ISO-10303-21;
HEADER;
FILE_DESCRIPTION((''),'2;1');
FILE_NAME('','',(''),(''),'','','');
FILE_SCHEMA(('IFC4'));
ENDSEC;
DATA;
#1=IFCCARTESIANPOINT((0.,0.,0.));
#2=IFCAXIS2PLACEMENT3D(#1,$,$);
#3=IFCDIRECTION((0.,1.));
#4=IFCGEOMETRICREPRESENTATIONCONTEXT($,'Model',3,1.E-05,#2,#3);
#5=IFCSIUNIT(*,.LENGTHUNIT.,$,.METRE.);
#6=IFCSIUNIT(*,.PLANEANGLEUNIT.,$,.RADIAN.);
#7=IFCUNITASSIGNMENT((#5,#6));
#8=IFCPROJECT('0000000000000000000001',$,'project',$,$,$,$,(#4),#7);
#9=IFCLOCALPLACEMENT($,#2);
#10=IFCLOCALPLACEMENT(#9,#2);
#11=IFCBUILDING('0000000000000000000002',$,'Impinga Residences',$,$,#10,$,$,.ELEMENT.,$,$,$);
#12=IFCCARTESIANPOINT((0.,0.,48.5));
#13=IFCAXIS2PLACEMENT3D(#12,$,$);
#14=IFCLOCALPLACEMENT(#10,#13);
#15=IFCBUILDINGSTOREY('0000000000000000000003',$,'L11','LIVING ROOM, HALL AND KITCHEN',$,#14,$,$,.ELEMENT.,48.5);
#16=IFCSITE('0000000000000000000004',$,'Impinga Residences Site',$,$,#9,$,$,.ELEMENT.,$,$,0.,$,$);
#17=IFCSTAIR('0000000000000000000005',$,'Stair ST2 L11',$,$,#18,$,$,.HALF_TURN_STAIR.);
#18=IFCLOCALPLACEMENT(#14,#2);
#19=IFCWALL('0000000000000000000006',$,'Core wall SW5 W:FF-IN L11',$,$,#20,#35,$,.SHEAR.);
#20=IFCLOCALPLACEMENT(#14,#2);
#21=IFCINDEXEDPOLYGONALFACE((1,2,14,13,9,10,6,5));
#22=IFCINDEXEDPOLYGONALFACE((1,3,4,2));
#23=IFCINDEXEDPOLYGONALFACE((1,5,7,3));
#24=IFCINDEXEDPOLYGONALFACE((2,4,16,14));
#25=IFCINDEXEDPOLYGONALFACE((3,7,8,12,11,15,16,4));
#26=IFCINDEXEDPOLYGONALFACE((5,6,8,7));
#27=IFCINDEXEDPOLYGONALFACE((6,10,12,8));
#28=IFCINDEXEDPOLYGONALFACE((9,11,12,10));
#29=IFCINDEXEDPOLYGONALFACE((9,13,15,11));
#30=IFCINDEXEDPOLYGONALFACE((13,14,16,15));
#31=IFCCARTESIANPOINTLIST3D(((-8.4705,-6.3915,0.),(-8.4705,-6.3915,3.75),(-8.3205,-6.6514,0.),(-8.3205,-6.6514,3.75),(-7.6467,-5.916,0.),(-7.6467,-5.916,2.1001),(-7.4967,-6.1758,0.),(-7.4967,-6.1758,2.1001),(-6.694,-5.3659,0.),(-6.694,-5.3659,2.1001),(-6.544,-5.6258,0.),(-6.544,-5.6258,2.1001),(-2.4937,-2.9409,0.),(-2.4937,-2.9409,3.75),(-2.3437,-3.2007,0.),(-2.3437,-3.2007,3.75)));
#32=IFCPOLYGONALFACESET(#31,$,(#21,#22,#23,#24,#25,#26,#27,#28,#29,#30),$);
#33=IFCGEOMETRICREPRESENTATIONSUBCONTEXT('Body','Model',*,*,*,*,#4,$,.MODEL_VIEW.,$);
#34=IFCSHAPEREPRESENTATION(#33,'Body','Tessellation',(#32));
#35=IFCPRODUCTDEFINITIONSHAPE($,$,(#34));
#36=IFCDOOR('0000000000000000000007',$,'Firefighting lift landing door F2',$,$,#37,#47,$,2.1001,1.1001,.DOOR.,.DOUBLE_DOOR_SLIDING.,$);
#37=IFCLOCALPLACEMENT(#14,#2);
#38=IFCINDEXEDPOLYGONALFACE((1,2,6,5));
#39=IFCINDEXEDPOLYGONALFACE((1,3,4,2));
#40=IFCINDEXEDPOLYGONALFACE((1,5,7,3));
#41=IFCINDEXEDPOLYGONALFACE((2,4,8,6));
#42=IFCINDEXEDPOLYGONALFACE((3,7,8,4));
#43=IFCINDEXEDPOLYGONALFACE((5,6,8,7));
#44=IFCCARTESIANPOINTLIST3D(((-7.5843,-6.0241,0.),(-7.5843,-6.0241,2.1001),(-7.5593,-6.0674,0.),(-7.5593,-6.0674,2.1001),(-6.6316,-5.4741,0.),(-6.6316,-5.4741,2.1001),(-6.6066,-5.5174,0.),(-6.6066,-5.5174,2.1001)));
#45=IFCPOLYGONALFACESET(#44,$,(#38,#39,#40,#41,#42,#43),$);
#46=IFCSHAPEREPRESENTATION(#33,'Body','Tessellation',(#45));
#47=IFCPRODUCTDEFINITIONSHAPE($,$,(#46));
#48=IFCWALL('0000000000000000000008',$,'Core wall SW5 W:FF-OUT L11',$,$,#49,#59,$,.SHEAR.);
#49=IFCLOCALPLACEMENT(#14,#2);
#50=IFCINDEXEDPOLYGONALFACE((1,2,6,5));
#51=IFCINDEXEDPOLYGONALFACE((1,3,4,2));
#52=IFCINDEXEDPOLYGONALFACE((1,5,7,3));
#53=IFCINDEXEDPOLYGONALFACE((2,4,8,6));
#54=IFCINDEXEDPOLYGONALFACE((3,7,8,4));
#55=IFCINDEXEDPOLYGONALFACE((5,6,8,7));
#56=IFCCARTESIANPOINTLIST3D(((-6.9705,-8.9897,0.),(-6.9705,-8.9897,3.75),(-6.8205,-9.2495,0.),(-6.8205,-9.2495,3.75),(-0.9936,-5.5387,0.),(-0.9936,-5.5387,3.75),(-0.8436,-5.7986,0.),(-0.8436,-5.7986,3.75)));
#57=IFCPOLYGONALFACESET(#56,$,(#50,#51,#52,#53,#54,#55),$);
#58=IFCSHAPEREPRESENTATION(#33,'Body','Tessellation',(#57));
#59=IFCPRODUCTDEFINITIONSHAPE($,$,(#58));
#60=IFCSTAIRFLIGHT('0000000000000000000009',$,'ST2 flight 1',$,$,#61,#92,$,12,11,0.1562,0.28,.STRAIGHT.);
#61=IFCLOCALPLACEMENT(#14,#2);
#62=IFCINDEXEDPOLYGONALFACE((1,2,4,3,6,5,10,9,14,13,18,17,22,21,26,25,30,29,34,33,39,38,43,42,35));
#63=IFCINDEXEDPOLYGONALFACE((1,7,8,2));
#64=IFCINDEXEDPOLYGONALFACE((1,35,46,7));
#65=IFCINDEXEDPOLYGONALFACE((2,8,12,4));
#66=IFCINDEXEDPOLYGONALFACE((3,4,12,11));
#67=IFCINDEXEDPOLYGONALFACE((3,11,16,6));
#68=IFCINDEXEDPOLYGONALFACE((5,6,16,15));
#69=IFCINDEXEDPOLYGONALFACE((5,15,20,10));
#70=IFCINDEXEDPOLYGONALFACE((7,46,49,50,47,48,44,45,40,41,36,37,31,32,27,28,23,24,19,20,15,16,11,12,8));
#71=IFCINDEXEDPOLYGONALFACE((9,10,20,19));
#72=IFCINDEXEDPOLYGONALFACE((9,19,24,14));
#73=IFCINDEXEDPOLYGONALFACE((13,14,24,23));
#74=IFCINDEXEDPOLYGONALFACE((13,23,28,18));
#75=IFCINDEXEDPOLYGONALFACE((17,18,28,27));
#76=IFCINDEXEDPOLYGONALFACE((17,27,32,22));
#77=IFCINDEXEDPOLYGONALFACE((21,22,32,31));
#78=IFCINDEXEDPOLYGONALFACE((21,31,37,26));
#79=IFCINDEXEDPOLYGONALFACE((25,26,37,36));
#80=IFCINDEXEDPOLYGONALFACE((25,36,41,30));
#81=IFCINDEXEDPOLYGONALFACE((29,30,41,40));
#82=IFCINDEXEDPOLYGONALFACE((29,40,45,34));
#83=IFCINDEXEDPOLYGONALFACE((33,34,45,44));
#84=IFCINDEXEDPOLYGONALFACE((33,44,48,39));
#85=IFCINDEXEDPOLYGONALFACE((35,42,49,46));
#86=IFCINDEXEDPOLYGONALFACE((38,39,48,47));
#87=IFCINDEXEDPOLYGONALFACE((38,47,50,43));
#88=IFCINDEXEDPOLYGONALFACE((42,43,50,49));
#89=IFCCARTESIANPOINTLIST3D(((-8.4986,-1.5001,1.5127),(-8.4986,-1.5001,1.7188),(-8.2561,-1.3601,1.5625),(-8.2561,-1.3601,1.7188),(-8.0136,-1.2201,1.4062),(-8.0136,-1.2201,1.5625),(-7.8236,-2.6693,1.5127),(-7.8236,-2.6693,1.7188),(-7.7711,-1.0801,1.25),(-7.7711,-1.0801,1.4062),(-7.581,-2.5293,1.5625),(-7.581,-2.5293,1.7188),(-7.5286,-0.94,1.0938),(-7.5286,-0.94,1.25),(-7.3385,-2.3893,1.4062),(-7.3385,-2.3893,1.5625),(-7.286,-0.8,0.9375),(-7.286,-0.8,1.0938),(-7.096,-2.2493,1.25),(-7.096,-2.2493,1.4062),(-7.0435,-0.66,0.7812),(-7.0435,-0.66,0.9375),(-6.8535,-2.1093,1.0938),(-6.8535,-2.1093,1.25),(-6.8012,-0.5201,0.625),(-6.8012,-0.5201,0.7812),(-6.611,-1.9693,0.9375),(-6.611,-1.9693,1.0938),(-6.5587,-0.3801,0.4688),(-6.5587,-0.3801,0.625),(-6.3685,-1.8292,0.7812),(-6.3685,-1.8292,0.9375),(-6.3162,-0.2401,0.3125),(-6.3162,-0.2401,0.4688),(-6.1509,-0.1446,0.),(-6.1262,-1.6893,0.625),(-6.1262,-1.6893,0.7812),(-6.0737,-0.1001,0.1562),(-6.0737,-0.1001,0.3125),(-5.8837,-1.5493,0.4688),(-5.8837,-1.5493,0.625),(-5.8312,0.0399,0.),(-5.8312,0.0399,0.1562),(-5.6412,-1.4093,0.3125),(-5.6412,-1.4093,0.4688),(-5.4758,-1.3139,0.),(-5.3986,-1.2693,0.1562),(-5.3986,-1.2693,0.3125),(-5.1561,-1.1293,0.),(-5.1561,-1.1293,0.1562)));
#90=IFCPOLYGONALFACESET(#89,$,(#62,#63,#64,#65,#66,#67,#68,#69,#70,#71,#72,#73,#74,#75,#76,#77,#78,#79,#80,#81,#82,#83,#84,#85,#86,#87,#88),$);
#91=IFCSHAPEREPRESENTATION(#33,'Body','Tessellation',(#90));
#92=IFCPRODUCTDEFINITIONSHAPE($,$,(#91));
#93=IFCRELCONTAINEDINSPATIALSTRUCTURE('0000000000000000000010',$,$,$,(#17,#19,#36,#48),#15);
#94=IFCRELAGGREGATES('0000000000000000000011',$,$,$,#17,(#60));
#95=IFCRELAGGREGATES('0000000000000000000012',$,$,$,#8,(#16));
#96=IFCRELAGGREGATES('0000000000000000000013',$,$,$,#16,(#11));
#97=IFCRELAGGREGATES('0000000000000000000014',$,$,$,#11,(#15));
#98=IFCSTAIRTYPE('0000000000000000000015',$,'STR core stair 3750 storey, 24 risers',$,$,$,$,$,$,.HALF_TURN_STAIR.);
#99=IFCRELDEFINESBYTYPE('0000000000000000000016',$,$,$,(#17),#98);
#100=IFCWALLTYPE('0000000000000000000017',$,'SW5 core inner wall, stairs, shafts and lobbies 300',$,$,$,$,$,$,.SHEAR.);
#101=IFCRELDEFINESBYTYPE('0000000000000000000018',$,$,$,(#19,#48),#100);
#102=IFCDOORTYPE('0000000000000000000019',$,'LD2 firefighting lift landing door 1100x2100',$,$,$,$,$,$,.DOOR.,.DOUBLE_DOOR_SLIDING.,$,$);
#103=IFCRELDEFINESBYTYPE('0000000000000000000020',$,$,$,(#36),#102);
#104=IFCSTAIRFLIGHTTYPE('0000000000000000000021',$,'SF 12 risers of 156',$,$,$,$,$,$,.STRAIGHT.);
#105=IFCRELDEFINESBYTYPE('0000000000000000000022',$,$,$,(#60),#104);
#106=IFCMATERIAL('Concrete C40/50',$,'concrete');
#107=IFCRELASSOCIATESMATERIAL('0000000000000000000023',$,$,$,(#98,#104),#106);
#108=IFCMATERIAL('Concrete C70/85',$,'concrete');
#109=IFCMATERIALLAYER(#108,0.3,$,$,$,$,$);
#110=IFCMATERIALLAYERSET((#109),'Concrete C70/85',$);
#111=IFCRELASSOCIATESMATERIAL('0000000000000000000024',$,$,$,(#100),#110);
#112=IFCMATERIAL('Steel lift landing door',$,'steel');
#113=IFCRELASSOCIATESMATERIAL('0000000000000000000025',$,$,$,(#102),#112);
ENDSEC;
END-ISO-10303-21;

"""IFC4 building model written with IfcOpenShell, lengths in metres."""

from ifc_helpers import new_model, si_unit, direction, frame, frame_2d, origin, place, context, subcontext, project, spatial, polyline, rectangle, outline, extrude, material, layer, layer_set, type_object, element, fill, aggregate, save


model = new_model("IFC4")

# Units and contexts
model_context = context("Model", 3, precision=1e-05, world=origin(), true_north=direction((0.0, 1.0)))
body_context = subcontext(model_context, "Body", "Model", "MODEL_VIEW")
ifc_project = project(units=[si_unit("LENGTHUNIT", "METRE"), si_unit("PLANEANGLEUNIT", "RADIAN")], contexts=[model_context])

# Site, building, storey
site_placement = place(None, origin())
site = spatial("IfcSite", under=ifc_project, at=site_placement, Name="Impinga Residences Site", CompositionType="ELEMENT", RefElevation=0.0)
building_placement = place(site_placement, origin())
building = spatial("IfcBuilding", under=site, at=building_placement, Name="Impinga Residences", CompositionType="ELEMENT")
storey_placement = place(building_placement, frame((0.0, 0.0, 48.5)))
storey = spatial("IfcBuildingStorey", under=building, at=storey_placement, Name="L11", Description="LIVING ROOM, HALL AND KITCHEN", CompositionType="ELEMENT", Elevation=48.5)

# Stair
ifc_material_1 = material(Name="Concrete C40/50", Category="concrete")
stair_type = type_object("IfcStairType", Name="STR core stair 3750 storey, 24 risers", PredefinedType="HALF_TURN_STAIR", material=ifc_material_1)
stair_1_placement = place(storey_placement, origin())
stair_1 = element("IfcStair", 1, at=stair_1_placement, inside=storey, type_object=stair_type, Name="Stair ST2 L11", PredefinedType="HALF_TURN_STAIR")

# Shared definitions
ifc_material_2 = material(Name="Concrete C70/85", Category="concrete")

# Shared definitions
ifc_layer_1 = layer(ifc_material_2, 0.3)
ifc_layer_set_1 = layer_set([ifc_layer_1], Name="Concrete C70/85")
wall_type_1 = type_object("IfcWallType", Name="SW5 core inner wall, stairs, shafts and lobbies 300", PredefinedType="SHEAR", material=ifc_layer_set_1)

# Wall, opening, door
wall_1_placement = place(storey_placement, frame((-2.4187, -3.0708, 0.0), z_axis=(0.0, 0.0, 1.0), x_axis=(-0.866027, -0.499997, 0.0)))
wall_1 = element("IfcWall", 2, at=wall_1_placement, inside=storey, type_object=wall_type_1, Name="Core wall SW5 W:FF-IN L11", PredefinedType="SHEAR", context=body_context, shape_type="SweptSolid", body=[
    extrude(rectangle(XDim=6.9014, YDim=0.3, at=frame_2d((3.4507, 0.0))), origin(), (0.0, 0.0, 1.0), 3.75),
])
opening_1_placement = place(wall_1_placement, frame((4.8501, 0.0, 0.0)))
opening_1 = element("IfcOpeningElement", 3, at=opening_1_placement, cuts=wall_1, PredefinedType="OPENING", context=body_context, shape_type="SweptSolid", body=[
    extrude(rectangle(XDim=1.1001, YDim=2.1001, at=frame_2d((0.55, 1.05))), frame((0.0, 0.1599, 0.0), z_axis=(0.0, -1.0, 0.0), x_axis=(1.0, 0.0, 0.0)), (0.0, 0.0, 1.0), 0.3201),
])
ifc_material_3 = material(Name="Steel lift landing door", Category="steel")
door_type_1 = type_object("IfcDoorType", Name="LD2 firefighting lift landing door 1100x2100", OperationType="DOUBLE_DOOR_SLIDING", PredefinedType="DOOR", material=ifc_material_3)
door_1_placement = place(opening_1_placement, origin())
door_1 = element("IfcDoor", 4, at=door_1_placement, inside=storey, type_object=door_type_1, Name="Firefighting lift landing door F2", OperationType="DOUBLE_DOOR_SLIDING", OverallHeight=2.1001, OverallWidth=1.1001, PredefinedType="DOOR", context=body_context, shape_type="SweptSolid", body=[
    extrude(rectangle(XDim=1.1001, YDim=2.1001, at=frame_2d((0.55, 1.05))), frame((0.0, 0.0249, 0.0), z_axis=(0.0, -1.0, 0.0), x_axis=(1.0, 0.0, 0.0)), (0.0, 0.0, 1.0), 0.05),
])
fill(opening_1, door_1)

# Wall
wall_2_placement = place(storey_placement, frame((-0.9187, -5.6687, 0.0), z_axis=(0.0, 0.0, 1.0), x_axis=(-0.866012, -0.500024, 0.0)))
element("IfcWall", 5, at=wall_2_placement, inside=storey, type_object=wall_type_1, Name="Core wall SW5 W:FF-OUT L11", PredefinedType="SHEAR", context=body_context, shape_type="SweptSolid", body=[
    extrude(rectangle(XDim=6.9016, YDim=0.3, at=frame_2d((3.4507, 0.0))), origin(), (0.0, 0.0, 1.0), 3.75),
])

# Stair flight
stair_flight_type = type_object("IfcStairFlightType", Name="SF 12 risers of 156", PredefinedType="STRAIGHT", material=ifc_material_1)
stair_flight_placement = place(storey_placement, frame((-5.4937, -0.5447, 0.0), z_axis=(0.0, 0.0, 1.0), x_axis=(-0.866025, -0.5, 0.0)))
stair_flight = element("IfcStairFlight", 6, at=stair_flight_placement, type_object=stair_flight_type, Name="ST2 flight 1", NumberOfRisers=12, NumberOfTreads=11, PredefinedType="STRAIGHT", RiserHeight=0.1562, TreadLength=0.28, context=body_context, shape_type="SweptSolid", body=[
    extrude(outline(polyline([(0.0, 0.0), (0.0, 0.1562), (0.28, 0.1562), (0.28, 0.3125), (0.5601, 0.3125), (0.5601, 0.4688), (0.8401, 0.4688), (0.8401, 0.625), (1.1201, 0.625), (1.1201, 0.7812), (1.3999, 0.7812), (1.3999, 0.9375), (1.6799, 0.9375), (1.6799, 1.0938), (1.96, 1.0938), (1.96, 1.25), (2.24, 1.25), (2.24, 1.4062), (2.52, 1.4062), (2.52, 1.5625), (2.8, 1.5625), (2.8, 1.7188), (3.0801, 1.7188), (3.0801, 1.875), (3.0801, 1.5127), (0.3691, 0.0), (0.0, 0.0)])), frame((0.0, 0.675, 0.0), z_axis=(0.0, -1.0, 0.0), x_axis=(1.0, 0.0, 0.0)), (0.0, 0.0, 1.0), 1.3501),
])
aggregate(stair_1, [stair_flight])

save(model, "model.ifc")
